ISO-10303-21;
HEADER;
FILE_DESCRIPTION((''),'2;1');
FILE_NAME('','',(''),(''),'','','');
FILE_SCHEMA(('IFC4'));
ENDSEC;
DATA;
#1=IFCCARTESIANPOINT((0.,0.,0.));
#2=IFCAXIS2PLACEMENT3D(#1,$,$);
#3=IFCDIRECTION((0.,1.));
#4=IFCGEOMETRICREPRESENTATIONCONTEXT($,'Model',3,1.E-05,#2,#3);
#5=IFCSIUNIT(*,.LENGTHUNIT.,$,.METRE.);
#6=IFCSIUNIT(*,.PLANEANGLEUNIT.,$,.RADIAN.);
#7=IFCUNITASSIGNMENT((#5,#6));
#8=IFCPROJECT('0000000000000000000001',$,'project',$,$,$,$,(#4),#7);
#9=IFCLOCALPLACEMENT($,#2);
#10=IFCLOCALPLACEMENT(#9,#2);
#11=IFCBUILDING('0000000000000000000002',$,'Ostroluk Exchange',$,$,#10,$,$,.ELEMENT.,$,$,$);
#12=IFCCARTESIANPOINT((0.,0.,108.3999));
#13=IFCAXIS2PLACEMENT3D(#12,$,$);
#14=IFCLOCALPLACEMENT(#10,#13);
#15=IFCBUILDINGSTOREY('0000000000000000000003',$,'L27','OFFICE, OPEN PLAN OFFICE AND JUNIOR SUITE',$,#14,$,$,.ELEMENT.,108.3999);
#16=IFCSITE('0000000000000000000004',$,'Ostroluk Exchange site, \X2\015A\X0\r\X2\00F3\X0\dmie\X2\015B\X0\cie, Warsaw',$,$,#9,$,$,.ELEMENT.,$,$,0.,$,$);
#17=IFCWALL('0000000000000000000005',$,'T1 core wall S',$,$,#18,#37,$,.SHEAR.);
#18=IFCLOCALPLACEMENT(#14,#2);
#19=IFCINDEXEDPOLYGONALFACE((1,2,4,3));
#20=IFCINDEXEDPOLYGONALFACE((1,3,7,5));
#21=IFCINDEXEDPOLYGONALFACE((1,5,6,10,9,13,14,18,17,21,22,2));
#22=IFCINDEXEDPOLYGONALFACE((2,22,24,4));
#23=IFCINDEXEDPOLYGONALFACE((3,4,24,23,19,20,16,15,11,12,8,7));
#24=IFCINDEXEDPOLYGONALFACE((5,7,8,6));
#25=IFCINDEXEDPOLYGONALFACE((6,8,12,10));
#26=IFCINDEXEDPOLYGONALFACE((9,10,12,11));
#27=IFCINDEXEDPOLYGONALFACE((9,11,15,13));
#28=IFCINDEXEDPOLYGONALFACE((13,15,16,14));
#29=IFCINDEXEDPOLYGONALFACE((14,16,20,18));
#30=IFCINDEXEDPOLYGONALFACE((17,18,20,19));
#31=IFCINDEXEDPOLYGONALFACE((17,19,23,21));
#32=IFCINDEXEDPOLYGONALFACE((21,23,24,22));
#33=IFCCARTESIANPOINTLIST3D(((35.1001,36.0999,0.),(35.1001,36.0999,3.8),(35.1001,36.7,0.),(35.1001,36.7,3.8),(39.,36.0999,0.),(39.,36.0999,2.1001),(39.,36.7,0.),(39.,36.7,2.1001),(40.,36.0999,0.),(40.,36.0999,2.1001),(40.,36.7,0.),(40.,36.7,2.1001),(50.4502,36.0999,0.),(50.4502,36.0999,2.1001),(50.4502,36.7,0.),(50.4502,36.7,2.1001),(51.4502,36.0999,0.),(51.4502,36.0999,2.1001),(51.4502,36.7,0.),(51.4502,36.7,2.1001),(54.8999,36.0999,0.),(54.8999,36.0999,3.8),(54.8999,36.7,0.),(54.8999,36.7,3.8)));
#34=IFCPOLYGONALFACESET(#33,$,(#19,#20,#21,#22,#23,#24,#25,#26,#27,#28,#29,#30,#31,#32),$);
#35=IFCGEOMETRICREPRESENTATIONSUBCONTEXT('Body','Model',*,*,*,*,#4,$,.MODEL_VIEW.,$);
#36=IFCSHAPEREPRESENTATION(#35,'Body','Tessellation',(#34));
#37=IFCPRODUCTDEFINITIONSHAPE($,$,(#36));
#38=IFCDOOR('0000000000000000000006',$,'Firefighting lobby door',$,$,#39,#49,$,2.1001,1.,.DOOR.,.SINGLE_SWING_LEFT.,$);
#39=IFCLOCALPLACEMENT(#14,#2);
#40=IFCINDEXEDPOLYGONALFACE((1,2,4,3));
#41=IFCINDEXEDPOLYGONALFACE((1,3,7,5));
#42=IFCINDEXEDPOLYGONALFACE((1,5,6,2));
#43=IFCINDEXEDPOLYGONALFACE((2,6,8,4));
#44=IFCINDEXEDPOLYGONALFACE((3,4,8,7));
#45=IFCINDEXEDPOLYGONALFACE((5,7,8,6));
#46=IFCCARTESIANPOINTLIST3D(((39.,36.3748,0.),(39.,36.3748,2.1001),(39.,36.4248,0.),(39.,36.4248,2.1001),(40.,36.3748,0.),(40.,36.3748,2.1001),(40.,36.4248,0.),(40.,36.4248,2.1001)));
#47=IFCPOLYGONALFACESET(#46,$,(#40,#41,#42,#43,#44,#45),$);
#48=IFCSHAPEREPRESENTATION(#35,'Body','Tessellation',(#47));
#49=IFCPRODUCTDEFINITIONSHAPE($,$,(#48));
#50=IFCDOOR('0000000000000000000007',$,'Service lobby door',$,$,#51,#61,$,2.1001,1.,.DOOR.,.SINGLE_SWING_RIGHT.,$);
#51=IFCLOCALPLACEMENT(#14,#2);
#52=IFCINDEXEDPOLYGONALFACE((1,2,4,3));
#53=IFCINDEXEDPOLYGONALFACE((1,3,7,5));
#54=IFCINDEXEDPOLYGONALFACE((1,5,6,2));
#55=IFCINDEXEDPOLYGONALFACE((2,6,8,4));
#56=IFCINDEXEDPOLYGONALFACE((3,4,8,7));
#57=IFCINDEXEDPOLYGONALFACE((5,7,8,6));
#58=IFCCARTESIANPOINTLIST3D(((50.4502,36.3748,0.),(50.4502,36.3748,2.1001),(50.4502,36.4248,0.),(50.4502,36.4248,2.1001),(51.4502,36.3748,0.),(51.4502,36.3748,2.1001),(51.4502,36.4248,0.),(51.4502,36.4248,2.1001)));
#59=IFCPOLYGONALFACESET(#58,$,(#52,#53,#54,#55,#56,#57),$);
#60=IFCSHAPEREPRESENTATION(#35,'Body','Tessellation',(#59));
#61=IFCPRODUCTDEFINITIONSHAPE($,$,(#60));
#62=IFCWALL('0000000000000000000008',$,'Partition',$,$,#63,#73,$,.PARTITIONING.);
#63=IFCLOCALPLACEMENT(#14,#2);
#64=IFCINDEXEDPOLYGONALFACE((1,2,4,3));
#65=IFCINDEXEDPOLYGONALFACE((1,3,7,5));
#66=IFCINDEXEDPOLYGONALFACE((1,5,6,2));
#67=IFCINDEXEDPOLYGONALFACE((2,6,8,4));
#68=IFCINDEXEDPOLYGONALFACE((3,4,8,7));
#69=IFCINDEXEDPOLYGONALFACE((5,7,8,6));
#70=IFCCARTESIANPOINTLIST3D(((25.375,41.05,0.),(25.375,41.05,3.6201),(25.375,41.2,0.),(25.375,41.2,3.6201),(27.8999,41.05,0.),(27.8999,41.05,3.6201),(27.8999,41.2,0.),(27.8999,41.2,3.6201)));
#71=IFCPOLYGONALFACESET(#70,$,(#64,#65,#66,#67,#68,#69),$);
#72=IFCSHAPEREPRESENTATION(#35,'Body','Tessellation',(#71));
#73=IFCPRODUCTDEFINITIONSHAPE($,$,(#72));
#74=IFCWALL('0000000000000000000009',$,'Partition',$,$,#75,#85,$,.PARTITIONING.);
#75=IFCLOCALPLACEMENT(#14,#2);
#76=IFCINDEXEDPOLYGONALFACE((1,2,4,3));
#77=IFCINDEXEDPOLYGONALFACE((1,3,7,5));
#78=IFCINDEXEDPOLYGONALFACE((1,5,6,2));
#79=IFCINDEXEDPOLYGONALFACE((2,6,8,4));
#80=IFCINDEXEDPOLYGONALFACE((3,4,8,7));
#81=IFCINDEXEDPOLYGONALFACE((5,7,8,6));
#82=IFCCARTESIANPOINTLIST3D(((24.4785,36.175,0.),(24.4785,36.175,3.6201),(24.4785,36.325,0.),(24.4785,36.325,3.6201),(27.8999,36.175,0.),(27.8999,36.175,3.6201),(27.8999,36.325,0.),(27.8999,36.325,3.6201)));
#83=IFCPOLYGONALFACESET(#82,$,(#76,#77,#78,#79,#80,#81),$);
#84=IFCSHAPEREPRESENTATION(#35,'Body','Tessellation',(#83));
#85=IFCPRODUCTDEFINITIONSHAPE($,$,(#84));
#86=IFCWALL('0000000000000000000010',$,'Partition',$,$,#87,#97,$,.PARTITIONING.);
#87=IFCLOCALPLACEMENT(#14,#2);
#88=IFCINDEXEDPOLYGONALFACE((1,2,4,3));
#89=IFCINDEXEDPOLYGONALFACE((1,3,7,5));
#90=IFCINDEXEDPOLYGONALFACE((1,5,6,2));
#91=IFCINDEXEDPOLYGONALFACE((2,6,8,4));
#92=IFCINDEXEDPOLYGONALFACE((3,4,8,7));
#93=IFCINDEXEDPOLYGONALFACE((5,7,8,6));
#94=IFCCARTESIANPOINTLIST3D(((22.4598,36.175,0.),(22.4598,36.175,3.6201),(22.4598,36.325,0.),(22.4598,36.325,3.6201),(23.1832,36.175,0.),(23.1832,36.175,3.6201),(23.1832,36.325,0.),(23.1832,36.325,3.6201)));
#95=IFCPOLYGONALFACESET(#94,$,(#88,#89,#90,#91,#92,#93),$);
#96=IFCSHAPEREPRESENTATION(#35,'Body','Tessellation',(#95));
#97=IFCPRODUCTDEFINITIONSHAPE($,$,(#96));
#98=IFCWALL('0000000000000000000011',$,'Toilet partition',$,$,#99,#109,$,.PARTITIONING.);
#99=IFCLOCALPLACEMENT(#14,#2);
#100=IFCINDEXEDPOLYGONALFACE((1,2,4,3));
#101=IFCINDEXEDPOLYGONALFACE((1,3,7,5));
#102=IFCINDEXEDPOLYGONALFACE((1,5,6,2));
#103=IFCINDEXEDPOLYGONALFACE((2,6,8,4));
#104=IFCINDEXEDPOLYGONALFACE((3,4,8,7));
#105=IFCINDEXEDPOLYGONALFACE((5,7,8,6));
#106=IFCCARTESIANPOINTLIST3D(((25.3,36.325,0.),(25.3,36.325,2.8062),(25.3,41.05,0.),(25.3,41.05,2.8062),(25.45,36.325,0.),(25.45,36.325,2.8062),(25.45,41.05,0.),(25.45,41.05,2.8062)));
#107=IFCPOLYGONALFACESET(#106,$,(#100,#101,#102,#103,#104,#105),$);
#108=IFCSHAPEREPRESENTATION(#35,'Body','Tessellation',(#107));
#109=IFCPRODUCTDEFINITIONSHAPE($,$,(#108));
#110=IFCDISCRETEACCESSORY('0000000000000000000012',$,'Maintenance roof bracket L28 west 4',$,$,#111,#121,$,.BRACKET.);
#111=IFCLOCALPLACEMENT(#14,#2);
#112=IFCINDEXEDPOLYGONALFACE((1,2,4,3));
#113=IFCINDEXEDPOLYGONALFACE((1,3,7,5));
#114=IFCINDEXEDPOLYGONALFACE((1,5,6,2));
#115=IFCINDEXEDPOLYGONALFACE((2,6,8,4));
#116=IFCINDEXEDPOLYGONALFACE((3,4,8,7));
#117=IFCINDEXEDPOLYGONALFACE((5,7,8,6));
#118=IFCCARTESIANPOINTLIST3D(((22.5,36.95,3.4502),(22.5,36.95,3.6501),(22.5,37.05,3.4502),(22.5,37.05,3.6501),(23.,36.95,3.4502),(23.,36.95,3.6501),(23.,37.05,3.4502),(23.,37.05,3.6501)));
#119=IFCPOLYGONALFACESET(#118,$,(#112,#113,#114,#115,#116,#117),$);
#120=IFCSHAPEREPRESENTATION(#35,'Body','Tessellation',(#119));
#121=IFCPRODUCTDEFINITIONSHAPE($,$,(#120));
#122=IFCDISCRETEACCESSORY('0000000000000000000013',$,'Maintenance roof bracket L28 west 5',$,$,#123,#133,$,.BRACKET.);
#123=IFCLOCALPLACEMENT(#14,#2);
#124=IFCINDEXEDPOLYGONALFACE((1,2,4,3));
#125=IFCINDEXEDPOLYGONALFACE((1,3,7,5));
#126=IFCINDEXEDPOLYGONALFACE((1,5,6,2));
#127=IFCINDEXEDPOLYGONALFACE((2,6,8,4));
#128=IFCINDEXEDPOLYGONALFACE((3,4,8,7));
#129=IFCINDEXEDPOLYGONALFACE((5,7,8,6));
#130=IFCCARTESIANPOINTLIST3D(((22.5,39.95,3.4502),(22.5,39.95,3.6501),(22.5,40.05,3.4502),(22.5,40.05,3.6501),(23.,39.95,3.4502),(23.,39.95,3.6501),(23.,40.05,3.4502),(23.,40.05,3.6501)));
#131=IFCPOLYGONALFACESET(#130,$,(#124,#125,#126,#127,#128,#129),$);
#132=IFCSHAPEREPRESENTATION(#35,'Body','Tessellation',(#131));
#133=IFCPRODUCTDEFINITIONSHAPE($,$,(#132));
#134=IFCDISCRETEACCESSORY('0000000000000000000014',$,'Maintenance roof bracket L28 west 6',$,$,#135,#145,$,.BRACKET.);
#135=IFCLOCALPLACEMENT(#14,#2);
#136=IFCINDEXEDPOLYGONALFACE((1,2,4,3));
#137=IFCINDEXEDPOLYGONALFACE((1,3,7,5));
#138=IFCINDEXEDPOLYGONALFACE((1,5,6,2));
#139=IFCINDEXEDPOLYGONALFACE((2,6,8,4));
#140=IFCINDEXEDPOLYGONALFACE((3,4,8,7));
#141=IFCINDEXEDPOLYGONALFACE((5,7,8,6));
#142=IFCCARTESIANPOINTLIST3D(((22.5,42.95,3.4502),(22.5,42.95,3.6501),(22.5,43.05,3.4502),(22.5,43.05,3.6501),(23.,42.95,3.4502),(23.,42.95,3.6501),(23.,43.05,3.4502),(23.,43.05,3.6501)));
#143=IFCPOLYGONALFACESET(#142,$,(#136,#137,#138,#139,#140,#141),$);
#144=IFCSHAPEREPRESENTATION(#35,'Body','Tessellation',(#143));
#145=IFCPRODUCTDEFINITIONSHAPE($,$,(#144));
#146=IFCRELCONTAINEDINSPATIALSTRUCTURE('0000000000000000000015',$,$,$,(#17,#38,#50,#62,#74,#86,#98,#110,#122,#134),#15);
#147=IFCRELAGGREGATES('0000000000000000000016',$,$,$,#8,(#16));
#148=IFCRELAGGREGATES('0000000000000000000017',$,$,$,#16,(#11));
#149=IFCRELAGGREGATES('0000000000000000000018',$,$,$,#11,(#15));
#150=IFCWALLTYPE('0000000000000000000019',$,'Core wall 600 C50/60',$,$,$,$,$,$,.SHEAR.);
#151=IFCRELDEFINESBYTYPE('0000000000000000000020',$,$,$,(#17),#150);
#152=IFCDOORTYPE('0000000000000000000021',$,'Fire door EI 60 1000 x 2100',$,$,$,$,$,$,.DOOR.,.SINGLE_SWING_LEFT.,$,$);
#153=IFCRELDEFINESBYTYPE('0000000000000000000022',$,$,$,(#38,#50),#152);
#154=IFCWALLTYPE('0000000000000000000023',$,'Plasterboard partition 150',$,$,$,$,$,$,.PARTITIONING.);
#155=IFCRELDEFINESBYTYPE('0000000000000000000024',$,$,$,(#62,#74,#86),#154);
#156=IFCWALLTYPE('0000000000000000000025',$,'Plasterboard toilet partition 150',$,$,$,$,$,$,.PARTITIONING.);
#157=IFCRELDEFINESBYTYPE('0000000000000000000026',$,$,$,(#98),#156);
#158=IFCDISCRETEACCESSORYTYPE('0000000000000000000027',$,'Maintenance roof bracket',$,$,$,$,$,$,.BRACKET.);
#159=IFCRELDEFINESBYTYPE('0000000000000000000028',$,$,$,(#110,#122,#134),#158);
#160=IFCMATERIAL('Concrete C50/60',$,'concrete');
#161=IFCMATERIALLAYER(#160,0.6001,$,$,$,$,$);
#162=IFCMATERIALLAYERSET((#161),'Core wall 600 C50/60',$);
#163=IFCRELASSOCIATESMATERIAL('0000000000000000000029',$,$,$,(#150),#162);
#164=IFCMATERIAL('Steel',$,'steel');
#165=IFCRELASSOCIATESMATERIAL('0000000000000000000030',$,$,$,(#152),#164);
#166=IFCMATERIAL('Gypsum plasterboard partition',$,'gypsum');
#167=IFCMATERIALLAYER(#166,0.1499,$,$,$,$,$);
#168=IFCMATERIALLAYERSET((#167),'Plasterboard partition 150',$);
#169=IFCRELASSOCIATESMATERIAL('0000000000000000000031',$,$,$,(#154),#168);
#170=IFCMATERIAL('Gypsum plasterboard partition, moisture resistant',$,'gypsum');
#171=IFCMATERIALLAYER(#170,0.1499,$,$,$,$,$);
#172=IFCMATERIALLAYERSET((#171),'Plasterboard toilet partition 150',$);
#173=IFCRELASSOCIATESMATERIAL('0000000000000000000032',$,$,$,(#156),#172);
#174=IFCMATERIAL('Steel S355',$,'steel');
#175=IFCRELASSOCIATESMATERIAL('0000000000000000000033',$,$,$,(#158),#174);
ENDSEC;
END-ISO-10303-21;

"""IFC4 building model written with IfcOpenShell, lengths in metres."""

from ifc_helpers import new_model, si_unit, direction, frame, frame_2d, origin, origin_2d, place, context, subcontext, project, spatial, rectangle, extrude, material, layer, layer_set, type_object, element, fill, save


model = new_model("IFC4")

# Units and contexts
model_context = context("Model", 3, precision=1e-05, world=origin(), true_north=direction((0.0, 1.0)))
body_context = subcontext(model_context, "Body", "Model", "MODEL_VIEW")
ifc_project = project(units=[si_unit("LENGTHUNIT", "METRE"), si_unit("PLANEANGLEUNIT", "RADIAN")], contexts=[model_context])

# Site, building, storey
site_placement = place(None, origin())
site = spatial("IfcSite", under=ifc_project, at=site_placement, Name="Ostroluk Exchange site, Śródmieście, Warsaw", CompositionType="ELEMENT", RefElevation=0.0)
building_placement = place(site_placement, origin())
building = spatial("IfcBuilding", under=site, at=building_placement, Name="Ostroluk Exchange", CompositionType="ELEMENT")
storey_placement = place(building_placement, frame((0.0, 0.0, 108.3999)))
storey = spatial("IfcBuildingStorey", under=building, at=storey_placement, Name="L27", Description="OFFICE, OPEN PLAN OFFICE AND JUNIOR SUITE", CompositionType="ELEMENT", Elevation=108.3999)

# Wall, openings, doors
ifc_material_1 = material(Name="Concrete C50/60", Category="concrete")
ifc_layer_1 = layer(ifc_material_1, 0.6001)
ifc_layer_set_1 = layer_set([ifc_layer_1], Name="Core wall 600 C50/60")
wall_type_1 = type_object("IfcWallType", Name="Core wall 600 C50/60", PredefinedType="SHEAR", material=ifc_layer_set_1)
wall_1_placement = place(storey_placement, frame((35.1001, 36.3999, 0.0), z_axis=(0.0, 0.0, 1.0), x_axis=(1.0, 0.0, 0.0)))
wall_1 = element("IfcWall", 1, at=wall_1_placement, inside=storey, type_object=wall_type_1, Name="T1 core wall S", PredefinedType="SHEAR", context=body_context, shape_type="SweptSolid", body=[
    extrude(rectangle(XDim=19.7998, YDim=0.6001, at=frame_2d((9.8999, 0.0))), origin(), (0.0, 0.0, 1.0), 3.8),
])
opening_1_placement = place(wall_1_placement, frame((3.8999, 0.0, 0.0)))
opening_1 = element("IfcOpeningElement", 2, at=opening_1_placement, cuts=wall_1, PredefinedType="OPENING", context=body_context, shape_type="SweptSolid", body=[
    extrude(rectangle(XDim=1.0, YDim=2.1001, at=frame_2d((0.5, 1.05))), frame((0.0, 0.3101, 0.0), z_axis=(0.0, -1.0, 0.0), x_axis=(1.0, 0.0, 0.0)), (0.0, 0.0, 1.0), 0.6201),
])
opening_2_placement = place(wall_1_placement, frame((15.3501, 0.0, 0.0)))
opening_2 = element("IfcOpeningElement", 3, at=opening_2_placement, cuts=wall_1, PredefinedType="OPENING", context=body_context, shape_type="SweptSolid", body=[
    extrude(rectangle(XDim=1.0, YDim=2.1001, at=frame_2d((0.5, 1.05))), frame((0.0, 0.3101, 0.0), z_axis=(0.0, -1.0, 0.0), x_axis=(1.0, 0.0, 0.0)), (0.0, 0.0, 1.0), 0.6201),
])
ifc_material_2 = material(Name="Steel", Category="steel")
door_type = type_object("IfcDoorType", Name="Fire door EI 60 1000 x 2100", OperationType="SINGLE_SWING_LEFT", PredefinedType="DOOR", material=ifc_material_2)
door_1_placement = place(opening_1_placement, origin())
door_1 = element("IfcDoor", 4, at=door_1_placement, inside=storey, type_object=door_type, Name="Firefighting lobby door", OperationType="SINGLE_SWING_LEFT", OverallHeight=2.1001, OverallWidth=1.0, PredefinedType="DOOR", context=body_context, shape_type="SweptSolid", body=[
    extrude(rectangle(XDim=1.0, YDim=2.1001, at=frame_2d((0.5, 1.05))), frame((0.0, 0.0249, 0.0), z_axis=(0.0, -1.0, 0.0), x_axis=(1.0, 0.0, 0.0)), (0.0, 0.0, 1.0), 0.05),
])
fill(opening_1, door_1)
door_2_placement = place(opening_2_placement, origin())
door_2 = element("IfcDoor", 5, at=door_2_placement, inside=storey, type_object=door_type, Name="Service lobby door", OperationType="SINGLE_SWING_RIGHT", OverallHeight=2.1001, OverallWidth=1.0, PredefinedType="DOOR", context=body_context, shape_type="SweptSolid", body=[
    extrude(rectangle(XDim=1.0, YDim=2.1001, at=frame_2d((0.5, 1.05))), frame((0.0, 0.0249, 0.0), z_axis=(0.0, -1.0, 0.0), x_axis=(1.0, 0.0, 0.0)), (0.0, 0.0, 1.0), 0.05),
])
fill(opening_2, door_2)

# Walls
ifc_material_3 = material(Name="Gypsum plasterboard partition", Category="gypsum")
ifc_layer_2 = layer(ifc_material_3, 0.1499)
ifc_layer_set_2 = layer_set([ifc_layer_2], Name="Plasterboard partition 150")
wall_type_2 = type_object("IfcWallType", Name="Plasterboard partition 150", PredefinedType="PARTITIONING", material=ifc_layer_set_2)
wall_2_placement = place(storey_placement, frame((27.8999, 41.125, 0.0), z_axis=(0.0, 0.0, 1.0), x_axis=(-1.0, 0.0, 0.0)))
element("IfcWall", 6, at=wall_2_placement, inside=storey, type_object=wall_type_2, Name="Partition", PredefinedType="PARTITIONING", context=body_context, shape_type="SweptSolid", body=[
    extrude(rectangle(XDim=2.5249, YDim=0.1499, at=frame_2d((1.2625, 0.0))), origin(), (0.0, 0.0, 1.0), 3.6201),
])
wall_3_placement = place(storey_placement, frame((27.8999, 36.25, 0.0), z_axis=(0.0, 0.0, 1.0), x_axis=(-1.0, 0.0, 0.0)))
element("IfcWall", 7, at=wall_3_placement, inside=storey, type_object=wall_type_2, Name="Partition", PredefinedType="PARTITIONING", context=body_context, shape_type="SweptSolid", body=[
    extrude(rectangle(XDim=3.4214, YDim=0.1499, at=frame_2d((1.7107, 0.0))), origin(), (0.0, 0.0, 1.0), 3.6201),
])
wall_4_placement = place(storey_placement, frame((23.1833, 36.25, 0.0), z_axis=(0.0, 0.0, 1.0), x_axis=(-1.0, 0.0, 0.0)))
element("IfcWall", 8, at=wall_4_placement, inside=storey, type_object=wall_type_2, Name="Partition", PredefinedType="PARTITIONING", context=body_context, shape_type="SweptSolid", body=[
    extrude(rectangle(XDim=0.7234, YDim=0.1499, at=frame_2d((0.3618, 0.0))), origin(), (0.0, 0.0, 1.0), 3.6201),
])
ifc_material_4 = material(Name="Gypsum plasterboard partition, moisture resistant", Category="gypsum")
ifc_layer_3 = layer(ifc_material_4, 0.1499)
ifc_layer_set_3 = layer_set([ifc_layer_3], Name="Plasterboard toilet partition 150")
wall_type_3 = type_object("IfcWallType", Name="Plasterboard toilet partition 150", PredefinedType="PARTITIONING", material=ifc_layer_set_3)
wall_5_placement = place(storey_placement, frame((25.375, 41.05, 0.0), z_axis=(0.0, 0.0, 1.0), x_axis=(0.0, -1.0, 0.0)))
element("IfcWall", 9, at=wall_5_placement, inside=storey, type_object=wall_type_3, Name="Toilet partition", PredefinedType="PARTITIONING", context=body_context, shape_type="SweptSolid", body=[
    extrude(rectangle(XDim=4.7251, YDim=0.1499, at=frame_2d((2.3625, 0.0))), origin(), (0.0, 0.0, 1.0), 2.8062),
])

# Discrete accessories
ifc_material_5 = material(Name="Steel S355", Category="steel")
discrete_accessory_type = type_object("IfcDiscreteAccessoryType", Name="Maintenance roof bracket", PredefinedType="BRACKET", material=ifc_material_5)
for number, where, z_axis, x_axis, name in (
    (10, (22.75, 37.0, 3.4502), (0.0, 0.0, 1.0), (1.0, 0.0, 0.0), "Maintenance roof bracket L28 west 4"),
    (11, (22.75, 40.0, 3.4502), (0.0, 0.0, 1.0), (1.0, 0.0, 0.0), "Maintenance roof bracket L28 west 5"),
    (12, (22.75, 43.0, 3.4502), (0.0, 0.0, 1.0), (1.0, 0.0, 0.0), "Maintenance roof bracket L28 west 6"),
):
    element("IfcDiscreteAccessory", number, at=place(storey_placement, frame(where, z_axis=z_axis, x_axis=x_axis)), inside=storey, type_object=discrete_accessory_type, Name=name, PredefinedType="BRACKET", context=body_context, shape_type="SweptSolid", body=[
        extrude(rectangle(XDim=0.5, YDim=0.1001, at=origin_2d()), origin(), (0.0, 0.0, 1.0), 0.2),
    ])

save(model, "model.ifc")
